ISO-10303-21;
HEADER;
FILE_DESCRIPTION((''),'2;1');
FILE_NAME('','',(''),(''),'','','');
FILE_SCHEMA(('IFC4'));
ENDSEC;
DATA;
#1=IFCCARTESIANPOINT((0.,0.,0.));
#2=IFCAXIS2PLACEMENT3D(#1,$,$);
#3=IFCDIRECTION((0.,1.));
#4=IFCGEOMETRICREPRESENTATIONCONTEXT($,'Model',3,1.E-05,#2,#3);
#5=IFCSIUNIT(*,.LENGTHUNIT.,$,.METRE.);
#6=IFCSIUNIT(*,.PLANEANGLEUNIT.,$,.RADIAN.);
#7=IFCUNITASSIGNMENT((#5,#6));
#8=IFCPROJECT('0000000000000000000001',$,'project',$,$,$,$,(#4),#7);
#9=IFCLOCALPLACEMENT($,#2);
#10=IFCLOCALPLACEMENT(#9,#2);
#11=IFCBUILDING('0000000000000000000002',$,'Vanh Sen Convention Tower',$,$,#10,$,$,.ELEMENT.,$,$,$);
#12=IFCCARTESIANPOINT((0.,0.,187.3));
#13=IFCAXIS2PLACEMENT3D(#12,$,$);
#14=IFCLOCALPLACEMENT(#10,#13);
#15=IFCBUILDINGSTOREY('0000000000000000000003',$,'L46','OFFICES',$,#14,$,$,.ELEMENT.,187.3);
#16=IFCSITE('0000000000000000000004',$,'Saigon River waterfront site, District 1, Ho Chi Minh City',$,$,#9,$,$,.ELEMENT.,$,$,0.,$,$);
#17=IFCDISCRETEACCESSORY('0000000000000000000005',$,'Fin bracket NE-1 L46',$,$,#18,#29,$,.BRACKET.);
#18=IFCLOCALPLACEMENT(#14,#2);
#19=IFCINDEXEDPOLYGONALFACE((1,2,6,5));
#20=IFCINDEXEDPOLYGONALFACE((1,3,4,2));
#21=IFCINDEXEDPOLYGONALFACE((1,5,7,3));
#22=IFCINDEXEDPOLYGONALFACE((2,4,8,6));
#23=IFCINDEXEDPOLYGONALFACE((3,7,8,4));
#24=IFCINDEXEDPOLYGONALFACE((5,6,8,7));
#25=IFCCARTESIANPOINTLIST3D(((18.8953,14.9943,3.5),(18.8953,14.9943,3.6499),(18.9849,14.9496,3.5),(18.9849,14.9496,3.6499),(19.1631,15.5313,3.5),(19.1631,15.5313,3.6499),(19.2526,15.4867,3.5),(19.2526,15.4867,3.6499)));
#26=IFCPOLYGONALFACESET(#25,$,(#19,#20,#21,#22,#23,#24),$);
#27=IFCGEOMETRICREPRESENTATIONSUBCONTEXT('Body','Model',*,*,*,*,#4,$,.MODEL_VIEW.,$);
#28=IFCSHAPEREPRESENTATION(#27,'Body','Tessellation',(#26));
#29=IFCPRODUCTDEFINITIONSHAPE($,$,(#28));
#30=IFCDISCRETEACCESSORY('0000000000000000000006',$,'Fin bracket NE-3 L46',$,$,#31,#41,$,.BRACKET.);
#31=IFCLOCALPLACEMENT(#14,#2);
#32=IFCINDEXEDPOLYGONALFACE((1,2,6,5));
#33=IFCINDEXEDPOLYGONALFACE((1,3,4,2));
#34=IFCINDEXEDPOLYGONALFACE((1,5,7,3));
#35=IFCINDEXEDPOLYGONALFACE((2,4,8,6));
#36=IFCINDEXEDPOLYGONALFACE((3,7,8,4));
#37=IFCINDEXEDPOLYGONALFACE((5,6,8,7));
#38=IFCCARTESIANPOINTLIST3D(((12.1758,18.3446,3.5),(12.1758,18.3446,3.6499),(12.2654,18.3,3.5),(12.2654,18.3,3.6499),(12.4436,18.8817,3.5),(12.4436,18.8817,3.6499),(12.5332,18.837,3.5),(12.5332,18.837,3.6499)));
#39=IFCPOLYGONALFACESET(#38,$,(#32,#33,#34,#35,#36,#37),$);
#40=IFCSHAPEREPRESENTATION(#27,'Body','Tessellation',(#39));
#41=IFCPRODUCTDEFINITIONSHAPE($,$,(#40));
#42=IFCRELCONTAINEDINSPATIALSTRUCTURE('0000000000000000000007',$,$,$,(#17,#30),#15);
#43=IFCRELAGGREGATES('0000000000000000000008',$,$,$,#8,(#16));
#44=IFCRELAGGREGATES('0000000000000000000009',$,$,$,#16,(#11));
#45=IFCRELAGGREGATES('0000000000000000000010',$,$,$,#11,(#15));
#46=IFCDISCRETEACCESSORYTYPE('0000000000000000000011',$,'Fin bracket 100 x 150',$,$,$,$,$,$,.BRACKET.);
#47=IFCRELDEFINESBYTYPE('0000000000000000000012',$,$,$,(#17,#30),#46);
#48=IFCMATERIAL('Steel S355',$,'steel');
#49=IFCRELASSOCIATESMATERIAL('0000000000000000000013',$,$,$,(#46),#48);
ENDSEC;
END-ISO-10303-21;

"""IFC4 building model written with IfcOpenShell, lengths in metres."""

from ifc_helpers import new_model, si_unit, direction, frame, origin, origin_2d, place, context, subcontext, project, spatial, rectangle, extrude, material, type_object, element, save


model = new_model("IFC4")

# Units and contexts
model_context = context("Model", 3, precision=1e-05, world=origin(), true_north=direction((0.0, 1.0)))
body_context = subcontext(model_context, "Body", "Model", "MODEL_VIEW")
ifc_project = project(units=[si_unit("LENGTHUNIT", "METRE"), si_unit("PLANEANGLEUNIT", "RADIAN")], contexts=[model_context])

# Site, building, storey
site_placement = place(None, origin())
site = spatial("IfcSite", under=ifc_project, at=site_placement, Name="Saigon River waterfront site, District 1, Ho Chi Minh City", CompositionType="ELEMENT", RefElevation=0.0)
building_placement = place(site_placement, origin())
building = spatial("IfcBuilding", under=site, at=building_placement, Name="Vanh Sen Convention Tower", CompositionType="ELEMENT")
storey_placement = place(building_placement, frame((0.0, 0.0, 187.3)))
storey = spatial("IfcBuildingStorey", under=building, at=storey_placement, Name="L46", Description="OFFICES", CompositionType="ELEMENT", Elevation=187.3)

# Discrete accessories
ifc_material_1 = material(Name="Steel S355", Category="steel")
discrete_accessory_type = type_object("IfcDiscreteAccessoryType", Name="Fin bracket 100 x 150", PredefinedType="BRACKET", material=ifc_material_1)
for number, where, z_axis, x_axis, name in (
    (1, (19.074, 15.2405, 3.5), (0.0, 0.0, 1.0), (0.446198, 0.894934, 0.0), "Fin bracket NE-1 L46"),
    (2, (12.3545, 18.5908, 3.5), (0.0, 0.0, 1.0), (0.446198, 0.894934, 0.0), "Fin bracket NE-3 L46"),
):
    element("IfcDiscreteAccessory", number, at=place(storey_placement, frame(where, z_axis=z_axis, x_axis=x_axis)), inside=storey, type_object=discrete_accessory_type, Name=name, PredefinedType="BRACKET", context=body_context, shape_type="SweptSolid", body=[
        extrude(rectangle(XDim=0.6001, YDim=0.1001, at=origin_2d()), origin(), (0.0, 0.0, 1.0), 0.1499),
    ])

save(model, "model.ifc")
